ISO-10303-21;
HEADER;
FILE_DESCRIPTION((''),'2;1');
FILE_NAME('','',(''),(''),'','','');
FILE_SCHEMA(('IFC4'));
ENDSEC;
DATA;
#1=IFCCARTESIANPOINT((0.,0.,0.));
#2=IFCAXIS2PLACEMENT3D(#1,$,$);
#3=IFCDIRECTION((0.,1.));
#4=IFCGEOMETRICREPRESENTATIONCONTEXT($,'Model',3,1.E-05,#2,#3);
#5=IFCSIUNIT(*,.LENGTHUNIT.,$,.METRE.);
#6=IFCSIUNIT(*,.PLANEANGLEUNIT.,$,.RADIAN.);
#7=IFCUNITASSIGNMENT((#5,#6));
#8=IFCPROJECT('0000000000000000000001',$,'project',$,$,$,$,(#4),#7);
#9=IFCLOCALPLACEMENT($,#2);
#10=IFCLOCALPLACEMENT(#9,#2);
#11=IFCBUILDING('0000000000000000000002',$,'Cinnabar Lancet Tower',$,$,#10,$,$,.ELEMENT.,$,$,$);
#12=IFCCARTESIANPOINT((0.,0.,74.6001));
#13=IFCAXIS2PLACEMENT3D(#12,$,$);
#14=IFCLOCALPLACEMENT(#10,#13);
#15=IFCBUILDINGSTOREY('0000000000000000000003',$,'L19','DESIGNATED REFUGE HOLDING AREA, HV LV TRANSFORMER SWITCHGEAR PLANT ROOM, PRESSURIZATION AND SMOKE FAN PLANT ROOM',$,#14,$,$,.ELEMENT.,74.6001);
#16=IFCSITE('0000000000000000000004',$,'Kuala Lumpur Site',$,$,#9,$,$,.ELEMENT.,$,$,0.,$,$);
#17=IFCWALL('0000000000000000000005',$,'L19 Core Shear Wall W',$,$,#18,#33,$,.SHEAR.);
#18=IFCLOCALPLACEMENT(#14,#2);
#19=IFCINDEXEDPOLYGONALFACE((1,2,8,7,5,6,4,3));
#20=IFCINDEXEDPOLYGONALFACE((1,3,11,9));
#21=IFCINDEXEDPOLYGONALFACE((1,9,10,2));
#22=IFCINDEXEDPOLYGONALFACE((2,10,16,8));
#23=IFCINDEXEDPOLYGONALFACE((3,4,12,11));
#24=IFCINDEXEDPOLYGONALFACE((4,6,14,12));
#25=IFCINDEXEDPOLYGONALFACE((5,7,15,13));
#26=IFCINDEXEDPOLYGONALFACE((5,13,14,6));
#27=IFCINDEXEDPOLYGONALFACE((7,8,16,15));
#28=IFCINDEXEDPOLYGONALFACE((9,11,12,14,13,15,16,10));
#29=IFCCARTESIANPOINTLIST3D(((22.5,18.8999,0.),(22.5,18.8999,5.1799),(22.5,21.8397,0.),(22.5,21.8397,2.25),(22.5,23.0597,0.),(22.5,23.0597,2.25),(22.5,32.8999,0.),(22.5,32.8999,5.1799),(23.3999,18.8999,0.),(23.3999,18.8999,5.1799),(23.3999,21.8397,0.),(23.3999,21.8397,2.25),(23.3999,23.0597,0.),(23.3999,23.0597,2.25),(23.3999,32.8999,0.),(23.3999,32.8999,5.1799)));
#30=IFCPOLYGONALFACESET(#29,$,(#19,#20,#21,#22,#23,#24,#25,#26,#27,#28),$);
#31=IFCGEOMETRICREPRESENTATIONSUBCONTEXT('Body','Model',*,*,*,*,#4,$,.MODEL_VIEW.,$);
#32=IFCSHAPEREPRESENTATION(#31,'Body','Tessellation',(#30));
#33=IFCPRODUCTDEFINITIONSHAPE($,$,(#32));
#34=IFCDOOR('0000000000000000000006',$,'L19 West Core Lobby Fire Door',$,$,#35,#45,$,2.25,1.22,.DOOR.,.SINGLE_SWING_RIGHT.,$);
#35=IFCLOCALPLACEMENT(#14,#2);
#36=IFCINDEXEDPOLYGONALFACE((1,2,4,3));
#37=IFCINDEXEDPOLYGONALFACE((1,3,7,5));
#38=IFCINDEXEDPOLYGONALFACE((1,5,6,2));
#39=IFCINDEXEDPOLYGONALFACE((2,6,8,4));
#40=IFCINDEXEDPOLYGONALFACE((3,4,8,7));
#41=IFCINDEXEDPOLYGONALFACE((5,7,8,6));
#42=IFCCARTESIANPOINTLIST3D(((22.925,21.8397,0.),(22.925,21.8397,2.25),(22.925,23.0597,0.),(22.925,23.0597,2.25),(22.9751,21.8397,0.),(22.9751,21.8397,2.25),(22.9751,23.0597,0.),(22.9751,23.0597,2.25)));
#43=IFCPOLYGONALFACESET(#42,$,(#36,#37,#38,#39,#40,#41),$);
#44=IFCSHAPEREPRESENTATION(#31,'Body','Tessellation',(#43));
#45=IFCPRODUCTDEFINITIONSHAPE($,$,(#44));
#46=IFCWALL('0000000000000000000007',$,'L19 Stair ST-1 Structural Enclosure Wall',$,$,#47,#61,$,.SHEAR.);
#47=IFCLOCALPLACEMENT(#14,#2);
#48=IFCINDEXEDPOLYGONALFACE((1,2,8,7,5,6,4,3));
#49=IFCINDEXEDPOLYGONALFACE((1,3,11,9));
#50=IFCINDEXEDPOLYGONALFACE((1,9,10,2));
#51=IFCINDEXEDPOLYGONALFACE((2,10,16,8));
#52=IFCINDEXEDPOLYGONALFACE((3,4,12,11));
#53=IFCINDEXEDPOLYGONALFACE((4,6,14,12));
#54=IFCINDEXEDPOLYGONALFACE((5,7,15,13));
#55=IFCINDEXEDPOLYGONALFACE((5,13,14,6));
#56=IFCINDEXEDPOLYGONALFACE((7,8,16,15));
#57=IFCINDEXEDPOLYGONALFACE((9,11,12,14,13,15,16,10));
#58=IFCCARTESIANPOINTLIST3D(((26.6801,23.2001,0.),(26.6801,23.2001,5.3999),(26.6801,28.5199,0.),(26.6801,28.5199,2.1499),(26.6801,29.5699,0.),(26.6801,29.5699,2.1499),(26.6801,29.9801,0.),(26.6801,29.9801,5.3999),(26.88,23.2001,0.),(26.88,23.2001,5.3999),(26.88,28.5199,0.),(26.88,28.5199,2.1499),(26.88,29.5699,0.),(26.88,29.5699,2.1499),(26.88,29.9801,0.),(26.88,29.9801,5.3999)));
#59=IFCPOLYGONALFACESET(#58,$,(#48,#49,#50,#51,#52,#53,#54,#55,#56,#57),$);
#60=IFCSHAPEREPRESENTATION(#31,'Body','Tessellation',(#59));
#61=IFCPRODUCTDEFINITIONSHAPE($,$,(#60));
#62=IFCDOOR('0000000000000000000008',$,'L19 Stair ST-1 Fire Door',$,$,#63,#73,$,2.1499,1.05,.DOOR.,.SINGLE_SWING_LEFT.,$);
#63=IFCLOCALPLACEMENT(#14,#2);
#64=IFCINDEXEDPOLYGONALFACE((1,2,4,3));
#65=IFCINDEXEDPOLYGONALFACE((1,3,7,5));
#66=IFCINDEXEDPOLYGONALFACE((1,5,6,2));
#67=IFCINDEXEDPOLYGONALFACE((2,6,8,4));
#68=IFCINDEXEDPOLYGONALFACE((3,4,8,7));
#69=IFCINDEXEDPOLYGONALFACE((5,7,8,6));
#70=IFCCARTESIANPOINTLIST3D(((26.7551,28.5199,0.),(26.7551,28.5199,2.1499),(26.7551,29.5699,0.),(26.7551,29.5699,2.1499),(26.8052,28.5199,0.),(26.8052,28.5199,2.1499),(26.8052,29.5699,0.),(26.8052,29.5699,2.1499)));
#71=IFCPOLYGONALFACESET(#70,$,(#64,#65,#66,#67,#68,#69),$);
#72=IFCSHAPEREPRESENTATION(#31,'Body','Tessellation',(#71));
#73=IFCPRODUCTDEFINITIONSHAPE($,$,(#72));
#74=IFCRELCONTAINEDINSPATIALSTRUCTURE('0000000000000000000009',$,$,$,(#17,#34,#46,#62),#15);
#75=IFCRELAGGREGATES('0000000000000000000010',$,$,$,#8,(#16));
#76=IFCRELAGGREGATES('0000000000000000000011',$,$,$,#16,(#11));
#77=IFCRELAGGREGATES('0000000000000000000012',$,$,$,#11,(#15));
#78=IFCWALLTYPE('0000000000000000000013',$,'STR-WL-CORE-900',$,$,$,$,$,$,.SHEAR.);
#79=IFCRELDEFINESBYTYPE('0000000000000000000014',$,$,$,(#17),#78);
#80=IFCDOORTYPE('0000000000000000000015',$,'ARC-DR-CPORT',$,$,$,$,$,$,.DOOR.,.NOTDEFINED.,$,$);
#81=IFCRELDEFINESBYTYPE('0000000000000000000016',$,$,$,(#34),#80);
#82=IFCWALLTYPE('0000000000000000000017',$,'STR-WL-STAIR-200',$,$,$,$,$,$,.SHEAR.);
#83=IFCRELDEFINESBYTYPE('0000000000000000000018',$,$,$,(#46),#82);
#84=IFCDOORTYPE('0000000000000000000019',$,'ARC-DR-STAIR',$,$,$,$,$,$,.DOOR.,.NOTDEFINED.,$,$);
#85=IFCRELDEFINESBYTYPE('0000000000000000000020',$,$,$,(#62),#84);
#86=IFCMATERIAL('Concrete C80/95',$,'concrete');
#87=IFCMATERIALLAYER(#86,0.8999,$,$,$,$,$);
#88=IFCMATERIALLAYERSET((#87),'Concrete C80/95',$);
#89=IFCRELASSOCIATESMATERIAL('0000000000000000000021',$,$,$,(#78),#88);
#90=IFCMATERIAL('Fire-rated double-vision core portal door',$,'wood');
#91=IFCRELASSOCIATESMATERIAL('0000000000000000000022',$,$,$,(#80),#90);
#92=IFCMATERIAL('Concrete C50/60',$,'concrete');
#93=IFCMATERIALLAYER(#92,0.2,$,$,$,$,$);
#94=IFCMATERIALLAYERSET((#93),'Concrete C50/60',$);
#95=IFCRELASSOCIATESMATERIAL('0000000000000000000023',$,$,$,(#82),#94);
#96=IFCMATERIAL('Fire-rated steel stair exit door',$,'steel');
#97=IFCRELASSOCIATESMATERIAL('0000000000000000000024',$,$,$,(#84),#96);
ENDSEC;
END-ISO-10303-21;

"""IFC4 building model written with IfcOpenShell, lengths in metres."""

from ifc_helpers import new_model, si_unit, direction, frame, frame_2d, origin, place, context, subcontext, project, spatial, rectangle, extrude, material, layer, layer_set, type_object, element, fill, save


model = new_model("IFC4")

# Units and contexts
model_context = context("Model", 3, precision=1e-05, world=origin(), true_north=direction((0.0, 1.0)))
body_context = subcontext(model_context, "Body", "Model", "MODEL_VIEW")
ifc_project = project(units=[si_unit("LENGTHUNIT", "METRE"), si_unit("PLANEANGLEUNIT", "RADIAN")], contexts=[model_context])

# Site, building, storey
site_placement = place(None, origin())
site = spatial("IfcSite", under=ifc_project, at=site_placement, Name="Kuala Lumpur Site", CompositionType="ELEMENT", RefElevation=0.0)
building_placement = place(site_placement, origin())
building = spatial("IfcBuilding", under=site, at=building_placement, Name="Cinnabar Lancet Tower", CompositionType="ELEMENT")
storey_placement = place(building_placement, frame((0.0, 0.0, 74.6001)))
storey = spatial("IfcBuildingStorey", under=building, at=storey_placement, Name="L19", Description="DESIGNATED REFUGE HOLDING AREA, HV LV TRANSFORMER SWITCHGEAR PLANT ROOM, PRESSURIZATION AND SMOKE FAN PLANT ROOM", CompositionType="ELEMENT", Elevation=74.6001)

# Walls, openings, doors
ifc_material_1 = material(Name="Concrete C80/95", Category="concrete")
ifc_layer_1 = layer(ifc_material_1, 0.8999)
ifc_layer_set_1 = layer_set([ifc_layer_1], Name="Concrete C80/95")
wall_type_1 = type_object("IfcWallType", Name="STR-WL-CORE-900", PredefinedType="SHEAR", material=ifc_layer_set_1)
wall_1_placement = place(storey_placement, frame((22.95, 18.8999, 0.0), z_axis=(0.0, 0.0, 1.0), x_axis=(0.0, 1.0, 0.0)))
wall_1 = element("IfcWall", 1, at=wall_1_placement, inside=storey, type_object=wall_type_1, Name="L19 Core Shear Wall W", PredefinedType="SHEAR", context=body_context, shape_type="SweptSolid", body=[
    extrude(rectangle(XDim=14.0, YDim=0.8999, at=frame_2d((7.0, 0.0))), origin(), (0.0, 0.0, 1.0), 5.1799),
])
opening_1_placement = place(wall_1_placement, frame((2.9399, 0.0, 0.0)))
opening_1 = element("IfcOpeningElement", 2, at=opening_1_placement, cuts=wall_1, PredefinedType="OPENING", context=body_context, shape_type="SweptSolid", body=[
    extrude(rectangle(XDim=1.22, YDim=2.25, at=frame_2d((0.6099, 1.125))), frame((0.0, 0.46, 0.0), z_axis=(0.0, -1.0, 0.0), x_axis=(1.0, 0.0, 0.0)), (0.0, 0.0, 1.0), 0.9199),
])
ifc_material_2 = material(Name="Fire-rated double-vision core portal door", Category="wood")
door_type_1 = type_object("IfcDoorType", Name="ARC-DR-CPORT", OperationType="NOTDEFINED", PredefinedType="DOOR", material=ifc_material_2)
door_1_placement = place(opening_1_placement, origin())
door_1 = element("IfcDoor", 3, at=door_1_placement, inside=storey, type_object=door_type_1, Name="L19 West Core Lobby Fire Door", OperationType="SINGLE_SWING_RIGHT", OverallHeight=2.25, OverallWidth=1.22, PredefinedType="DOOR", context=body_context, shape_type="SweptSolid", body=[
    extrude(rectangle(XDim=1.22, YDim=2.25, at=frame_2d((0.6099, 1.125))), frame((0.0, 0.0249, 0.0), z_axis=(0.0, -1.0, 0.0), x_axis=(1.0, 0.0, 0.0)), (0.0, 0.0, 1.0), 0.05),
])
fill(opening_1, door_1)
ifc_material_3 = material(Name="Concrete C50/60", Category="concrete")
ifc_layer_2 = layer(ifc_material_3, 0.2)
ifc_layer_set_2 = layer_set([ifc_layer_2], Name="Concrete C50/60")
wall_type_2 = type_object("IfcWallType", Name="STR-WL-STAIR-200", PredefinedType="SHEAR", material=ifc_layer_set_2)
wall_2_placement = place(storey_placement, frame((26.78, 23.2, 0.0), z_axis=(0.0, 0.0, 1.0), x_axis=(0.0, 1.0, 0.0)))
wall_2 = element("IfcWall", 4, at=wall_2_placement, inside=storey, type_object=wall_type_2, Name="L19 Stair ST-1 Structural Enclosure Wall", PredefinedType="SHEAR", context=body_context, shape_type="SweptSolid", body=[
    extrude(rectangle(XDim=6.78, YDim=0.2, at=frame_2d((3.3901, 0.0))), origin(), (0.0, 0.0, 1.0), 5.3999),
])
opening_2_placement = place(wall_2_placement, frame((5.3201, 0.0, 0.0)))
opening_2 = element("IfcOpeningElement", 5, at=opening_2_placement, cuts=wall_2, PredefinedType="OPENING", context=body_context, shape_type="SweptSolid", body=[
    extrude(rectangle(XDim=1.05, YDim=2.1499, at=frame_2d((0.5249, 1.075))), frame((0.0, 0.1099, 0.0), z_axis=(0.0, -1.0, 0.0), x_axis=(1.0, 0.0, 0.0)), (0.0, 0.0, 1.0), 0.22),
])
ifc_material_4 = material(Name="Fire-rated steel stair exit door", Category="steel")
door_type_2 = type_object("IfcDoorType", Name="ARC-DR-STAIR", OperationType="NOTDEFINED", PredefinedType="DOOR", material=ifc_material_4)
door_2_placement = place(opening_2_placement, origin())
door_2 = element("IfcDoor", 6, at=door_2_placement, inside=storey, type_object=door_type_2, Name="L19 Stair ST-1 Fire Door", OperationType="SINGLE_SWING_LEFT", OverallHeight=2.1499, OverallWidth=1.05, PredefinedType="DOOR", context=body_context, shape_type="SweptSolid", body=[
    extrude(rectangle(XDim=1.05, YDim=2.1499, at=frame_2d((0.5249, 1.075))), frame((0.0, 0.0249, 0.0), z_axis=(0.0, -1.0, 0.0), x_axis=(1.0, 0.0, 0.0)), (0.0, 0.0, 1.0), 0.05),
])
fill(opening_2, door_2)

save(model, "model.ifc")
